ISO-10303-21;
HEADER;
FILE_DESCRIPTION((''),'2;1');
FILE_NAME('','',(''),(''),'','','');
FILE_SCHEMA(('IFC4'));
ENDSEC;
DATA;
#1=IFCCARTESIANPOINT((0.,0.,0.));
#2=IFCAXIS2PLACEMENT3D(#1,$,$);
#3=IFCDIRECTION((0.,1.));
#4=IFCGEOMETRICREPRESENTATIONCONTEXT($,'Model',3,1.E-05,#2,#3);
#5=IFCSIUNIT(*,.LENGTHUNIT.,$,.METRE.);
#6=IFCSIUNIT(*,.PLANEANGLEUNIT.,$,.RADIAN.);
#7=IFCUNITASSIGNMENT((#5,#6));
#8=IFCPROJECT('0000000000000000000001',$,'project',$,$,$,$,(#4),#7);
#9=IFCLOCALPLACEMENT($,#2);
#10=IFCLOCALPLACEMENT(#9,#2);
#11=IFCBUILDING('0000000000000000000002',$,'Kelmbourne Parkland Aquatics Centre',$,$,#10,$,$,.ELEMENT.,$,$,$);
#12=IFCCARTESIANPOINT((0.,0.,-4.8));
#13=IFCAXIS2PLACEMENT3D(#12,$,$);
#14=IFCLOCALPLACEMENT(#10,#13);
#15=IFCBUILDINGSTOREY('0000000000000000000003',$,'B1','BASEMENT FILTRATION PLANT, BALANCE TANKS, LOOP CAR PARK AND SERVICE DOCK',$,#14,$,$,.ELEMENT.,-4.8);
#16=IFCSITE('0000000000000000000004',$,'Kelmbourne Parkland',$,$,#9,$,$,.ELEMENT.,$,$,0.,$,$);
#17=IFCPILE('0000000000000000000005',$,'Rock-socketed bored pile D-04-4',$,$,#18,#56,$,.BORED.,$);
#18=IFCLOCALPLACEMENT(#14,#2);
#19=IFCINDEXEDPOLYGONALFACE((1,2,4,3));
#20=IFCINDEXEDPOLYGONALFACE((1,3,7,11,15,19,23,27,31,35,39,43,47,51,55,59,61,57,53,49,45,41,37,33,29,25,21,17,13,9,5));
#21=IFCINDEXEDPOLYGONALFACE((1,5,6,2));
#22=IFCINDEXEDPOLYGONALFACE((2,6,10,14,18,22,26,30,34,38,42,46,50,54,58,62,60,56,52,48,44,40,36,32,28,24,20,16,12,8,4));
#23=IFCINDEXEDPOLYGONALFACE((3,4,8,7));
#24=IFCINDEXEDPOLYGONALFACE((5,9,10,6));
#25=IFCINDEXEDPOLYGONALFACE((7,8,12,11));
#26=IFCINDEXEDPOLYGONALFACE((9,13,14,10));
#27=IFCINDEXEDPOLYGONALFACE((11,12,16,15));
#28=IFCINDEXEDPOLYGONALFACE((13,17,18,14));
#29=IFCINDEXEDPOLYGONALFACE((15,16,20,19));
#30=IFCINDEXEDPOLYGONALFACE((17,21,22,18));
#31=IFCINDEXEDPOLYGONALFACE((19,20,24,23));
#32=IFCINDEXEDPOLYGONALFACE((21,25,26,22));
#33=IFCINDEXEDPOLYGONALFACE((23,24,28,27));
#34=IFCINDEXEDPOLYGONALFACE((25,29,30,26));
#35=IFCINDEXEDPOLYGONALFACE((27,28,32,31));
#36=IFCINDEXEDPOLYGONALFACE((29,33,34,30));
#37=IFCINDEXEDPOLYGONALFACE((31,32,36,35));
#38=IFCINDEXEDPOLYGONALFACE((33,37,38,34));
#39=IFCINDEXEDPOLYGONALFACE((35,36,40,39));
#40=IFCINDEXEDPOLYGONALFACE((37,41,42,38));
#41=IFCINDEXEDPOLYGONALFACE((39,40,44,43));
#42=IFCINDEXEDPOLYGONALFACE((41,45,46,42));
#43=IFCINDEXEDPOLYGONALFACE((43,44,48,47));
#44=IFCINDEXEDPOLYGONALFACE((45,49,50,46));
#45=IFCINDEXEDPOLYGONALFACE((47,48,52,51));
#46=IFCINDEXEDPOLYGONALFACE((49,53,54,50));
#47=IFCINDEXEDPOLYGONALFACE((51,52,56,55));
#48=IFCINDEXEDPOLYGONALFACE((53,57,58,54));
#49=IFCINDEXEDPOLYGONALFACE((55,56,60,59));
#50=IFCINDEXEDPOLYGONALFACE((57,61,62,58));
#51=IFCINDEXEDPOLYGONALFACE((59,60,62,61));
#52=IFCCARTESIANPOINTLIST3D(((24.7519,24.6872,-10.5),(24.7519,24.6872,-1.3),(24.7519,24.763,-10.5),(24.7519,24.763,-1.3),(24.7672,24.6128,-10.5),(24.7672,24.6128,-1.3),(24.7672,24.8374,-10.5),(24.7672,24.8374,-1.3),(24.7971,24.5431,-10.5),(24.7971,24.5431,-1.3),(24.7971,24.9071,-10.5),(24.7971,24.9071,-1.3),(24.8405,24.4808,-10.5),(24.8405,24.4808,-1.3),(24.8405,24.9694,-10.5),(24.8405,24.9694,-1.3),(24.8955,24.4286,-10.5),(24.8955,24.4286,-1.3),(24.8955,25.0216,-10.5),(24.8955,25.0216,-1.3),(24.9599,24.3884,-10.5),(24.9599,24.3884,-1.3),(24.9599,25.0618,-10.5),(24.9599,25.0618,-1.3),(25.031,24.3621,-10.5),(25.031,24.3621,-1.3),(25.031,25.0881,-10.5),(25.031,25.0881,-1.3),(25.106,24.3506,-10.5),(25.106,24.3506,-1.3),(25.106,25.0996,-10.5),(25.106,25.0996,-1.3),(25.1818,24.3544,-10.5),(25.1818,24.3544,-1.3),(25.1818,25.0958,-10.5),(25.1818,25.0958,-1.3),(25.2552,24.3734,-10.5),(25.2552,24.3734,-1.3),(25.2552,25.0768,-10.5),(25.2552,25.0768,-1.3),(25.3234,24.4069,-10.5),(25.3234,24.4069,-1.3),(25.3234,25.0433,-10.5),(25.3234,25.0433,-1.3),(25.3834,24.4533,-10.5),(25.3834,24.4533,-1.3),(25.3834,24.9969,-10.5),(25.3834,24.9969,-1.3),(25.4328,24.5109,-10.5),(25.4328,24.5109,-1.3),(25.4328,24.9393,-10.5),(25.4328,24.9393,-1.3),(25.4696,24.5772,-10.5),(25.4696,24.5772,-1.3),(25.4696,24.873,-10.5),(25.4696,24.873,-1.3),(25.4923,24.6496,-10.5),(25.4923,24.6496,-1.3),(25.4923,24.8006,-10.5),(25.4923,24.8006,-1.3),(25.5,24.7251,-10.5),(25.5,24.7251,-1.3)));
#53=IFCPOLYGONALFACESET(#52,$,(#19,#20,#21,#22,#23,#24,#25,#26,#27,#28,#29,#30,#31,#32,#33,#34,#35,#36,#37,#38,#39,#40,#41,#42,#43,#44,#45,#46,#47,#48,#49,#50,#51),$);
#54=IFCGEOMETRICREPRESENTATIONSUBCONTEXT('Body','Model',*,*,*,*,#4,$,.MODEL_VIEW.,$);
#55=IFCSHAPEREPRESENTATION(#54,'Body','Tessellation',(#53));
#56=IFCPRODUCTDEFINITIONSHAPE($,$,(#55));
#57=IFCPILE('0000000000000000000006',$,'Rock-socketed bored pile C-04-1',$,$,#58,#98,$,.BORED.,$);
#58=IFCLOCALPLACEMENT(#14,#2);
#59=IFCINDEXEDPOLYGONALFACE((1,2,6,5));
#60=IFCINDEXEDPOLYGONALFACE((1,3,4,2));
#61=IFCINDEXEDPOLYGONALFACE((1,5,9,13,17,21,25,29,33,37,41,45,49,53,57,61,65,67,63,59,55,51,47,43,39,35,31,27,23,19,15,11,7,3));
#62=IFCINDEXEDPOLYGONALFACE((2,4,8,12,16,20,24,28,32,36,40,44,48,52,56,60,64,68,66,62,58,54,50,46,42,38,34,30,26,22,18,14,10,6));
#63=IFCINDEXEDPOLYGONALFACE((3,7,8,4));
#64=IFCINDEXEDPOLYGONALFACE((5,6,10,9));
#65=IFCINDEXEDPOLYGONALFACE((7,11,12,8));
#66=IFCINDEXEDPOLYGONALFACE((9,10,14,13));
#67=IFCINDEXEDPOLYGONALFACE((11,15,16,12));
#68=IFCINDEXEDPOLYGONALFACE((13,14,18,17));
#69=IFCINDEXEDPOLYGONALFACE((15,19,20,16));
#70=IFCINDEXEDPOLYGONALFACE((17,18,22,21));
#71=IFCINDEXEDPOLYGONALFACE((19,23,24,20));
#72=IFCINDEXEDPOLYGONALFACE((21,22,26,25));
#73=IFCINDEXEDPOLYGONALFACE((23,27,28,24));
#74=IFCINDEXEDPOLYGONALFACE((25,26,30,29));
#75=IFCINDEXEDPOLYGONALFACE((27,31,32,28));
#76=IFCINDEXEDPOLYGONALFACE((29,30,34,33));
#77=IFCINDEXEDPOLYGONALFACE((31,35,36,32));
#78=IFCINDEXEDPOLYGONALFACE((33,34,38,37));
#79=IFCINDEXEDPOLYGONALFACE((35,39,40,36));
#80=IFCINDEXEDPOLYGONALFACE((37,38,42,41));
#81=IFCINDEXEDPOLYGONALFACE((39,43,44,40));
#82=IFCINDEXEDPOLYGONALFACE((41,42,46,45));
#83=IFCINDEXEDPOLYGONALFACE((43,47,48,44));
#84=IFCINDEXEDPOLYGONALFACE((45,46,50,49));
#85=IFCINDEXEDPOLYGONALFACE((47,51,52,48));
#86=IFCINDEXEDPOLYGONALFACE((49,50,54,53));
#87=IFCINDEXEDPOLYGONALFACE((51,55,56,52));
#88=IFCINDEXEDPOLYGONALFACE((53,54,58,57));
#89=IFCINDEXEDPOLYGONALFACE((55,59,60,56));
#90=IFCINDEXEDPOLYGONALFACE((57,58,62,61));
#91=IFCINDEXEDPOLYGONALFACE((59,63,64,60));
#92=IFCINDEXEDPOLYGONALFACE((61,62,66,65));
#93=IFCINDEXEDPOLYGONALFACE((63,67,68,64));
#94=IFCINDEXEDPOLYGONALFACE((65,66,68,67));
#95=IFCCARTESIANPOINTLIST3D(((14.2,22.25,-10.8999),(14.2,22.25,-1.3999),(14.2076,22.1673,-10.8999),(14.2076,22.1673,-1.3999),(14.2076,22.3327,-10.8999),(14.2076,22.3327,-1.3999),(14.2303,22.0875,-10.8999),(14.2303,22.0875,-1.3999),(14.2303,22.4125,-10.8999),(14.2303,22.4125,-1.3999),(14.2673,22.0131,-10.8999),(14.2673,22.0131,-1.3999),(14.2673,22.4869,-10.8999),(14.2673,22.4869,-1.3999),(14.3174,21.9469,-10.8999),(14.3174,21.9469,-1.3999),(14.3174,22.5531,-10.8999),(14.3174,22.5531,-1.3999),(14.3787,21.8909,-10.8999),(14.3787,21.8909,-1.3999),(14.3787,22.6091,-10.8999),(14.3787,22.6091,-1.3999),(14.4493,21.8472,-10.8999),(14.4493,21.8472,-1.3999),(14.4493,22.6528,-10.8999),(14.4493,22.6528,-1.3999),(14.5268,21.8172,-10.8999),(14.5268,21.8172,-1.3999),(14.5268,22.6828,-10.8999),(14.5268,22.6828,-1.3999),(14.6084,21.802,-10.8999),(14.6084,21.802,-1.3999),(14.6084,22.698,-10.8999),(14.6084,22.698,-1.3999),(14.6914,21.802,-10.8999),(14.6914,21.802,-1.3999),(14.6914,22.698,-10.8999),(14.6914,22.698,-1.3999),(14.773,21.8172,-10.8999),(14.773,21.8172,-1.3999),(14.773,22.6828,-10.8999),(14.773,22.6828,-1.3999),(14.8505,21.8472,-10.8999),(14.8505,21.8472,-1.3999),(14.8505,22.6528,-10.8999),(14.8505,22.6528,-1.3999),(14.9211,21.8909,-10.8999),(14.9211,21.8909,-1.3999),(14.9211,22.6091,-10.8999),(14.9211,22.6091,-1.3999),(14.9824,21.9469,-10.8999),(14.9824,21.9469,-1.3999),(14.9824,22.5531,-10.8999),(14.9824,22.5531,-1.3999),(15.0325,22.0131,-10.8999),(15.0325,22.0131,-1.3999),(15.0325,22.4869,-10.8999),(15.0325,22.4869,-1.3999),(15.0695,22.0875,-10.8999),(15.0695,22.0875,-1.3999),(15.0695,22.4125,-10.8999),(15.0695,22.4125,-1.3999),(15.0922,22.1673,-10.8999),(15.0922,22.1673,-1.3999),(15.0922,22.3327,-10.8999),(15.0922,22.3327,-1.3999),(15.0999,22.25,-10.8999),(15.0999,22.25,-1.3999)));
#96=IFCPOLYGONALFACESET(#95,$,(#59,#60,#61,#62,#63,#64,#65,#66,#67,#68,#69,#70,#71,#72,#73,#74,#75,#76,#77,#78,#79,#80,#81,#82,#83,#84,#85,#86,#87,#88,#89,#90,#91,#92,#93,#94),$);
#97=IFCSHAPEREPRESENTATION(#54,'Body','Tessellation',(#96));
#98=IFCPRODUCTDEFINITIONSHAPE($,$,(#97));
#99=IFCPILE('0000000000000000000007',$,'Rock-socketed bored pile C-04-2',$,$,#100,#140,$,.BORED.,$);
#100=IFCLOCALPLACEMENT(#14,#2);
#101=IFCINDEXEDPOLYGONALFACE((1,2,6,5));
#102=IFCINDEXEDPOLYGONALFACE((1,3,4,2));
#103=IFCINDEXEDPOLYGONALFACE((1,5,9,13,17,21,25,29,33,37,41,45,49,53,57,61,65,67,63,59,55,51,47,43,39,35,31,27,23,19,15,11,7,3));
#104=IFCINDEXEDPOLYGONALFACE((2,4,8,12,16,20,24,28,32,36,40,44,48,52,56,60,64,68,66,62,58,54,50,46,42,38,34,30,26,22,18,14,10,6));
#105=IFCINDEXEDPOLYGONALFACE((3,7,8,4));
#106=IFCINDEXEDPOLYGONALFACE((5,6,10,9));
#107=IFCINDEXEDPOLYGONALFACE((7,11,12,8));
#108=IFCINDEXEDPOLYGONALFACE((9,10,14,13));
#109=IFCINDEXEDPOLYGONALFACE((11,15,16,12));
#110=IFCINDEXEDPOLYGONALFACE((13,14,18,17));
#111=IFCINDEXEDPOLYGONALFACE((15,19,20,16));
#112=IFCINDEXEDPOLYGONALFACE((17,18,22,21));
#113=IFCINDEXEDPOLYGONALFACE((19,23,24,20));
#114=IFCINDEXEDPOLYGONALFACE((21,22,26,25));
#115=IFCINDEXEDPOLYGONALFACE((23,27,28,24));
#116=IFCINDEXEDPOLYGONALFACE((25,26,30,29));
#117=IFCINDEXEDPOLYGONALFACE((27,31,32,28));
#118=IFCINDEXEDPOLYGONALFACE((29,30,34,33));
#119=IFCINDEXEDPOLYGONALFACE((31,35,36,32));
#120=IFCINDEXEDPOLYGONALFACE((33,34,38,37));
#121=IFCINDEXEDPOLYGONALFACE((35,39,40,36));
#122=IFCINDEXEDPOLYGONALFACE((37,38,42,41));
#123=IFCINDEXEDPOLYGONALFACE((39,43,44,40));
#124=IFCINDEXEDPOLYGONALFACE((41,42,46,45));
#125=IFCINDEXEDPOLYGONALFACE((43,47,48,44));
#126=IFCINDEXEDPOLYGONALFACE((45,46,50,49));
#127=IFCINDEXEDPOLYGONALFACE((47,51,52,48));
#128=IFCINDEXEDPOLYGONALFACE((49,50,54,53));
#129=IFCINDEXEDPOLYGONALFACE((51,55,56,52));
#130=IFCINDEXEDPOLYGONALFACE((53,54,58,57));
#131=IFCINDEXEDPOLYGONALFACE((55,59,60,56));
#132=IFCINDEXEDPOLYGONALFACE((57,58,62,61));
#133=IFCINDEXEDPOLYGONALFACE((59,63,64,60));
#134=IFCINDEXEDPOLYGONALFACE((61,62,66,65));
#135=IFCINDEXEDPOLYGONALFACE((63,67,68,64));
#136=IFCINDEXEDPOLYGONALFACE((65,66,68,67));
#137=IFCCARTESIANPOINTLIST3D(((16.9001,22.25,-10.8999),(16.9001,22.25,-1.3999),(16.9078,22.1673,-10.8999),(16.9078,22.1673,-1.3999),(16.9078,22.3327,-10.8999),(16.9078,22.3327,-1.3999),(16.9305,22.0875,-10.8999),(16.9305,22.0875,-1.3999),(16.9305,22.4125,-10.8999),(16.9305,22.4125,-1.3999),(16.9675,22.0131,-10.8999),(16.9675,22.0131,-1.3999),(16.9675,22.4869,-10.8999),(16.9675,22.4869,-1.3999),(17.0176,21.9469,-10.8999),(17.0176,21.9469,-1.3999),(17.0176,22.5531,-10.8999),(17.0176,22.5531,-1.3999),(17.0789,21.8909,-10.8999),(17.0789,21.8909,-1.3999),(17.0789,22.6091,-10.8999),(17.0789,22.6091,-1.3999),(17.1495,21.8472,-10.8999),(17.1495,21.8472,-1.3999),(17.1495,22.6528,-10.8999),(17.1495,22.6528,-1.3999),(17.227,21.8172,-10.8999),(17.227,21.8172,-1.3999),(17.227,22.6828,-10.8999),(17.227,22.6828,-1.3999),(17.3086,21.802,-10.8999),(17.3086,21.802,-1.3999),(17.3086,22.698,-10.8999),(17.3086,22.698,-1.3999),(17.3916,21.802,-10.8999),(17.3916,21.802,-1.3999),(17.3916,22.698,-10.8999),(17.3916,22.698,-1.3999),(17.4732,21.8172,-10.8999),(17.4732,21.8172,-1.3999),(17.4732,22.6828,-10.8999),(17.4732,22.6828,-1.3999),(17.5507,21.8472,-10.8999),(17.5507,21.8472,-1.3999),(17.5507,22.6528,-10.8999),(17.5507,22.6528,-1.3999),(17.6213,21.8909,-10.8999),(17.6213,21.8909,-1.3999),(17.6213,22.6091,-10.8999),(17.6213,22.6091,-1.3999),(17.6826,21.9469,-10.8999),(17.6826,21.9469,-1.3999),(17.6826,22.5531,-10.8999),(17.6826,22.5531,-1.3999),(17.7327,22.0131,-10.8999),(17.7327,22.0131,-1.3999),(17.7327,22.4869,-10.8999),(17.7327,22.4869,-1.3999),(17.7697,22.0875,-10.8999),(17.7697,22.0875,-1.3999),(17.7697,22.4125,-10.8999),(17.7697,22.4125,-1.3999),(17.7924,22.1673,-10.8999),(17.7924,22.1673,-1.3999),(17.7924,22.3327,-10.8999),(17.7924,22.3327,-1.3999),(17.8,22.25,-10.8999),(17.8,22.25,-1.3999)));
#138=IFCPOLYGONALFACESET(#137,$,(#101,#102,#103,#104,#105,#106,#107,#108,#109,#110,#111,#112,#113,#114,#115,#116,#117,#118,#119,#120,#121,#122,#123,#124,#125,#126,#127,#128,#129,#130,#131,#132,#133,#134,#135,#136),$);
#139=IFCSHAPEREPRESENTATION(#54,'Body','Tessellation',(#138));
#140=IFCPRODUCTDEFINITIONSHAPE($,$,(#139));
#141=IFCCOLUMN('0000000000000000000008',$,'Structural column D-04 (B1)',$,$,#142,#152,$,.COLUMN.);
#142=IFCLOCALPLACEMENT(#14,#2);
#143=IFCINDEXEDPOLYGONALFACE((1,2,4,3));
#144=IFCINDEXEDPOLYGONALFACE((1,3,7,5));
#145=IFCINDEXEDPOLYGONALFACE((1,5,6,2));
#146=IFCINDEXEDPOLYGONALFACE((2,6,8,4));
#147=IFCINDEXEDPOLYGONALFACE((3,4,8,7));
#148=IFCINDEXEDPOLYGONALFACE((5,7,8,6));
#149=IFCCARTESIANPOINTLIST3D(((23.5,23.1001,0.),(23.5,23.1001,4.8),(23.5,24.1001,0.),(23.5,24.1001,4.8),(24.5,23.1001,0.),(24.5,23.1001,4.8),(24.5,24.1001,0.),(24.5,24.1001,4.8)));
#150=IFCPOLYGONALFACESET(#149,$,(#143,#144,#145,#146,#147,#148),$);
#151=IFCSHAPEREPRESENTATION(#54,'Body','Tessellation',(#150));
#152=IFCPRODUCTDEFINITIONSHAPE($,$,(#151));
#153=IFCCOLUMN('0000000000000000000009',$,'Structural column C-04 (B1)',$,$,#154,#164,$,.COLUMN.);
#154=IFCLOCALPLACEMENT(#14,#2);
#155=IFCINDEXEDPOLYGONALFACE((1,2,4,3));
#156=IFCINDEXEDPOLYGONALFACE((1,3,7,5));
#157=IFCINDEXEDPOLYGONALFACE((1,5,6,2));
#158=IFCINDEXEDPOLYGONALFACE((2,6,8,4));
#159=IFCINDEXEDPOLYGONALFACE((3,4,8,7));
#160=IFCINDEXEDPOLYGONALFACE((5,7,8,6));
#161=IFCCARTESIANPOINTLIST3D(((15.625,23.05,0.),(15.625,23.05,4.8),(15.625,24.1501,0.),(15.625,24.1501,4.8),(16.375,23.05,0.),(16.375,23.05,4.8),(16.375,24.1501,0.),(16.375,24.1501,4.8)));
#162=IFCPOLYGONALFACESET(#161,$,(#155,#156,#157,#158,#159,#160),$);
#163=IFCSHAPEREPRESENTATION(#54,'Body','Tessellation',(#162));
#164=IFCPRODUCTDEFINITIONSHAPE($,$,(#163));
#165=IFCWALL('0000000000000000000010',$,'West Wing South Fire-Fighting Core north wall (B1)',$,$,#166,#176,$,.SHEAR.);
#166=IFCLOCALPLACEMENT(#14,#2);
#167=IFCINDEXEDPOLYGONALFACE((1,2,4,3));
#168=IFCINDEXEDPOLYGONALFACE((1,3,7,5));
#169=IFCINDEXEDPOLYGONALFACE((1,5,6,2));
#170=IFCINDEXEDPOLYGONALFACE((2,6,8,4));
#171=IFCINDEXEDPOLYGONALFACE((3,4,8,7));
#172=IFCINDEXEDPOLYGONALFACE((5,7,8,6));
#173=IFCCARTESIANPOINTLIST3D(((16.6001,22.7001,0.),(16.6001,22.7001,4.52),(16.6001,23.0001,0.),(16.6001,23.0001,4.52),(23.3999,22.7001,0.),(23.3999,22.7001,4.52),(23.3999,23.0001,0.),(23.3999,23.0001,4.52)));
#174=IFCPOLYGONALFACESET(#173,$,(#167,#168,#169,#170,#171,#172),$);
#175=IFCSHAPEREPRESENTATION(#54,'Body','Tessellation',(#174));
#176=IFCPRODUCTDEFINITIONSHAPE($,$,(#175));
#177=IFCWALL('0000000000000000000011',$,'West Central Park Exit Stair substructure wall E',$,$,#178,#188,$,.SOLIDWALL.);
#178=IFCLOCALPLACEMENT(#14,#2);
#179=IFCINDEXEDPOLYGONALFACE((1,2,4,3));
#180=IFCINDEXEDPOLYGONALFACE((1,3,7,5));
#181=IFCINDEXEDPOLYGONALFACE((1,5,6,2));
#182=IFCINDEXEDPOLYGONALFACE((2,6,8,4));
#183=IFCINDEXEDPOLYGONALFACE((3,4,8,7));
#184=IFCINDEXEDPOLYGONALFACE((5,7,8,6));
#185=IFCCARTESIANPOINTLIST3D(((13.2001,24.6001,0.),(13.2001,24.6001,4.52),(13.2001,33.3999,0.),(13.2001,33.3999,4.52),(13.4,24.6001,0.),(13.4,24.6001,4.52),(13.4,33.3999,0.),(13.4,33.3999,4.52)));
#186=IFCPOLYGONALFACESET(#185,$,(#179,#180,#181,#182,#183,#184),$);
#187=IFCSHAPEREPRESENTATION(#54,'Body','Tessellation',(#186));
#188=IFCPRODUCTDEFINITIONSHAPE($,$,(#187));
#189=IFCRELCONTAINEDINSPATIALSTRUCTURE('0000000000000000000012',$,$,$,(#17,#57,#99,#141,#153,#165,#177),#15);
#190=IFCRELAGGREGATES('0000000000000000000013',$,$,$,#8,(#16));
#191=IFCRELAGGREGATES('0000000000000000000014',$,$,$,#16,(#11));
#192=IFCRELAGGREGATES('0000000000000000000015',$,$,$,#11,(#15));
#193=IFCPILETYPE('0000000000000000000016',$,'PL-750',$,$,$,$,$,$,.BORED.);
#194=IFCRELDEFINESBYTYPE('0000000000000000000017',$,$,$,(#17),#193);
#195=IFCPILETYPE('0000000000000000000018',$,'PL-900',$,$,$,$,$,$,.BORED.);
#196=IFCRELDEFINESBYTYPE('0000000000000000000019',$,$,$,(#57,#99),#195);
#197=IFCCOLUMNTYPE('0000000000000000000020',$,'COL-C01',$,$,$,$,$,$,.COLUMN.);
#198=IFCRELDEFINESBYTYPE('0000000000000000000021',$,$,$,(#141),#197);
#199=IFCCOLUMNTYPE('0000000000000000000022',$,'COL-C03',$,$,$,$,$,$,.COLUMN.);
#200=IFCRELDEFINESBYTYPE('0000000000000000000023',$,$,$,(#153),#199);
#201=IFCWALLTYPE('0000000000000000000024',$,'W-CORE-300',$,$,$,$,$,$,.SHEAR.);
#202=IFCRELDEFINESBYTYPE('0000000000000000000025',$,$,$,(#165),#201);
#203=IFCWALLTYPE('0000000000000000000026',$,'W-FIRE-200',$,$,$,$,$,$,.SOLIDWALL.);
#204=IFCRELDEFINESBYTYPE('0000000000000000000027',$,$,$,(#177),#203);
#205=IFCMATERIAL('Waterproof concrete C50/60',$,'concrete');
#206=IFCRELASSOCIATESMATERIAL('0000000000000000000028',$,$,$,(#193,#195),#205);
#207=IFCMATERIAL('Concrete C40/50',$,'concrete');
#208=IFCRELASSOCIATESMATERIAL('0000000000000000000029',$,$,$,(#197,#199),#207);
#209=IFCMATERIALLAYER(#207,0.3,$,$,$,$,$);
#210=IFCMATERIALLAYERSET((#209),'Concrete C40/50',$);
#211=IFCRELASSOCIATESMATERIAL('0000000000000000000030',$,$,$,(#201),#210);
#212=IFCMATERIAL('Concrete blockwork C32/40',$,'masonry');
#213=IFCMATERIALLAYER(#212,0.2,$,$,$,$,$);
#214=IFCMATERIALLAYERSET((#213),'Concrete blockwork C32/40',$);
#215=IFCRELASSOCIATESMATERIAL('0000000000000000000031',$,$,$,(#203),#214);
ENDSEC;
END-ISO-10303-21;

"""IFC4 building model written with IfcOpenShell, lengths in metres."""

from ifc_helpers import new_model, si_unit, direction, frame, frame_2d, origin, origin_2d, place, context, subcontext, project, spatial, rectangle, circle, extrude, material, layer, layer_set, material_profile, profile_set, type_object, element, save


model = new_model("IFC4")

# Units and contexts
model_context = context("Model", 3, precision=1e-05, world=origin(), true_north=direction((0.0, 1.0)))
body_context = subcontext(model_context, "Body", "Model", "MODEL_VIEW")
ifc_project = project(units=[si_unit("LENGTHUNIT", "METRE"), si_unit("PLANEANGLEUNIT", "RADIAN")], contexts=[model_context])

# Site, building, storey
site_placement = place(None, origin())
site = spatial("IfcSite", under=ifc_project, at=site_placement, Name="Kelmbourne Parkland", CompositionType="ELEMENT", RefElevation=0.0)
building_placement = place(site_placement, origin())
building = spatial("IfcBuilding", under=site, at=building_placement, Name="Kelmbourne Parkland Aquatics Centre", CompositionType="ELEMENT")
storey_placement = place(building_placement, frame((0.0, 0.0, -4.8)))
storey = spatial("IfcBuildingStorey", under=building, at=storey_placement, Name="B1", Description="BASEMENT FILTRATION PLANT, BALANCE TANKS, LOOP CAR PARK AND SERVICE DOCK", CompositionType="ELEMENT", Elevation=-4.8)

# Shared definitions
ifc_material_1 = material(Name="Waterproof concrete C50/60", Category="concrete")

# Piles
ifc_material_profile_1 = material_profile(ifc_material_1, circle(Radius=0.375, at=origin_2d()), Name="PILE D750")
ifc_profile_set_1 = profile_set([ifc_material_profile_1], Name="Waterproof concrete C50/60")
pile_type_1 = type_object("IfcPileType", Name="PL-750", PredefinedType="BORED", material=ifc_profile_set_1)
for number, where, z_axis, x_axis, name in (
    (1, (25.125, 24.7251, -1.3), (0.0, 0.0, -1.0), (1.0, 0.0, 0.0), "Rock-socketed bored pile D-04-4"),
):
    element("IfcPile", number, at=place(storey_placement, frame(where, z_axis=z_axis, x_axis=x_axis)), inside=storey, type_object=pile_type_1, Name=name, PredefinedType="BORED", context=body_context, shape_type="SweptSolid", body=[
        extrude(circle(Radius=0.375, at=origin_2d()), origin(), (0.0, 0.0, 1.0), 9.2),
    ])
ifc_material_profile_2 = material_profile(ifc_material_1, circle(Radius=0.45, at=origin_2d()), Name="PILE D900")
ifc_profile_set_2 = profile_set([ifc_material_profile_2], Name="Waterproof concrete C50/60")
pile_type_2 = type_object("IfcPileType", Name="PL-900", PredefinedType="BORED", material=ifc_profile_set_2)
for number, where, z_axis, x_axis, name in (
    (2, (14.6499, 22.25, -1.3999), (0.0, 0.0, -1.0), (1.0, 0.0, 0.0), "Rock-socketed bored pile C-04-1"),
    (3, (17.3501, 22.25, -1.3999), (0.0, 0.0, -1.0), (1.0, 0.0, 0.0), "Rock-socketed bored pile C-04-2"),
):
    element("IfcPile", number, at=place(storey_placement, frame(where, z_axis=z_axis, x_axis=x_axis)), inside=storey, type_object=pile_type_2, Name=name, PredefinedType="BORED", context=body_context, shape_type="SweptSolid", body=[
        extrude(circle(Radius=0.45, at=origin_2d()), origin(), (0.0, 0.0, 1.0), 9.5),
    ])

# Columns
ifc_material_2 = material(Name="Concrete C40/50", Category="concrete")
ifc_material_profile_3 = material_profile(ifc_material_2, rectangle(XDim=1.0, YDim=1.0, at=origin_2d()), Name="RC 1000x1000")
ifc_profile_set_3 = profile_set([ifc_material_profile_3], Name="Concrete C40/50")
column_type_1 = type_object("IfcColumnType", Name="COL-C01", PredefinedType="COLUMN", material=ifc_profile_set_3)
column_1_placement = place(storey_placement, frame((24.0, 23.6001, 0.0), z_axis=(0.0, 0.0, 1.0), x_axis=(1.0, 0.0, 0.0)))
element("IfcColumn", 4, at=column_1_placement, inside=storey, type_object=column_type_1, Name="Structural column D-04 (B1)", PredefinedType="COLUMN", context=body_context, shape_type="SweptSolid", body=[
    extrude(rectangle(XDim=1.0, YDim=1.0, at=origin_2d()), origin(), (0.0, 0.0, 1.0), 4.8),
])
ifc_material_profile_4 = material_profile(ifc_material_2, rectangle(XDim=0.75, YDim=1.1001, at=origin_2d()), Name="RC 750x1100")
ifc_profile_set_4 = profile_set([ifc_material_profile_4], Name="Concrete C40/50")
column_type_2 = type_object("IfcColumnType", Name="COL-C03", PredefinedType="COLUMN", material=ifc_profile_set_4)
column_2_placement = place(storey_placement, frame((16.0, 23.6001, 0.0), z_axis=(0.0, 0.0, 1.0), x_axis=(1.0, 0.0, 0.0)))
element("IfcColumn", 5, at=column_2_placement, inside=storey, type_object=column_type_2, Name="Structural column C-04 (B1)", PredefinedType="COLUMN", context=body_context, shape_type="SweptSolid", body=[
    extrude(rectangle(XDim=0.75, YDim=1.1001, at=origin_2d()), origin(), (0.0, 0.0, 1.0), 4.8),
])

# Walls
ifc_layer_1 = layer(ifc_material_2, 0.3)
ifc_layer_set_1 = layer_set([ifc_layer_1], Name="Concrete C40/50")
wall_type_1 = type_object("IfcWallType", Name="W-CORE-300", PredefinedType="SHEAR", material=ifc_layer_set_1)
wall_1_placement = place(storey_placement, frame((16.6001, 22.8501, 0.0), z_axis=(0.0, 0.0, 1.0), x_axis=(1.0, 0.0, 0.0)))
element("IfcWall", 6, at=wall_1_placement, inside=storey, type_object=wall_type_1, Name="West Wing South Fire-Fighting Core north wall (B1)", PredefinedType="SHEAR", context=body_context, shape_type="SweptSolid", body=[
    extrude(rectangle(XDim=6.7998, YDim=0.3, at=frame_2d((3.3999, 0.0))), origin(), (0.0, 0.0, 1.0), 4.52),
])
ifc_material_3 = material(Name="Concrete blockwork C32/40", Category="masonry")
ifc_layer_2 = layer(ifc_material_3, 0.2)
ifc_layer_set_2 = layer_set([ifc_layer_2], Name="Concrete blockwork C32/40")
wall_type_2 = type_object("IfcWallType", Name="W-FIRE-200", PredefinedType="SOLIDWALL", material=ifc_layer_set_2)
wall_2_placement = place(storey_placement, frame((13.3, 24.6001, 0.0), z_axis=(0.0, 0.0, 1.0), x_axis=(0.0, 1.0, 0.0)))
element("IfcWall", 7, at=wall_2_placement, inside=storey, type_object=wall_type_2, Name="West Central Park Exit Stair substructure wall E", PredefinedType="SOLIDWALL", context=body_context, shape_type="SweptSolid", body=[
    extrude(rectangle(XDim=8.7998, YDim=0.2, at=frame_2d((4.3999, 0.0))), origin(), (0.0, 0.0, 1.0), 4.52),
])

save(model, "model.ifc")
